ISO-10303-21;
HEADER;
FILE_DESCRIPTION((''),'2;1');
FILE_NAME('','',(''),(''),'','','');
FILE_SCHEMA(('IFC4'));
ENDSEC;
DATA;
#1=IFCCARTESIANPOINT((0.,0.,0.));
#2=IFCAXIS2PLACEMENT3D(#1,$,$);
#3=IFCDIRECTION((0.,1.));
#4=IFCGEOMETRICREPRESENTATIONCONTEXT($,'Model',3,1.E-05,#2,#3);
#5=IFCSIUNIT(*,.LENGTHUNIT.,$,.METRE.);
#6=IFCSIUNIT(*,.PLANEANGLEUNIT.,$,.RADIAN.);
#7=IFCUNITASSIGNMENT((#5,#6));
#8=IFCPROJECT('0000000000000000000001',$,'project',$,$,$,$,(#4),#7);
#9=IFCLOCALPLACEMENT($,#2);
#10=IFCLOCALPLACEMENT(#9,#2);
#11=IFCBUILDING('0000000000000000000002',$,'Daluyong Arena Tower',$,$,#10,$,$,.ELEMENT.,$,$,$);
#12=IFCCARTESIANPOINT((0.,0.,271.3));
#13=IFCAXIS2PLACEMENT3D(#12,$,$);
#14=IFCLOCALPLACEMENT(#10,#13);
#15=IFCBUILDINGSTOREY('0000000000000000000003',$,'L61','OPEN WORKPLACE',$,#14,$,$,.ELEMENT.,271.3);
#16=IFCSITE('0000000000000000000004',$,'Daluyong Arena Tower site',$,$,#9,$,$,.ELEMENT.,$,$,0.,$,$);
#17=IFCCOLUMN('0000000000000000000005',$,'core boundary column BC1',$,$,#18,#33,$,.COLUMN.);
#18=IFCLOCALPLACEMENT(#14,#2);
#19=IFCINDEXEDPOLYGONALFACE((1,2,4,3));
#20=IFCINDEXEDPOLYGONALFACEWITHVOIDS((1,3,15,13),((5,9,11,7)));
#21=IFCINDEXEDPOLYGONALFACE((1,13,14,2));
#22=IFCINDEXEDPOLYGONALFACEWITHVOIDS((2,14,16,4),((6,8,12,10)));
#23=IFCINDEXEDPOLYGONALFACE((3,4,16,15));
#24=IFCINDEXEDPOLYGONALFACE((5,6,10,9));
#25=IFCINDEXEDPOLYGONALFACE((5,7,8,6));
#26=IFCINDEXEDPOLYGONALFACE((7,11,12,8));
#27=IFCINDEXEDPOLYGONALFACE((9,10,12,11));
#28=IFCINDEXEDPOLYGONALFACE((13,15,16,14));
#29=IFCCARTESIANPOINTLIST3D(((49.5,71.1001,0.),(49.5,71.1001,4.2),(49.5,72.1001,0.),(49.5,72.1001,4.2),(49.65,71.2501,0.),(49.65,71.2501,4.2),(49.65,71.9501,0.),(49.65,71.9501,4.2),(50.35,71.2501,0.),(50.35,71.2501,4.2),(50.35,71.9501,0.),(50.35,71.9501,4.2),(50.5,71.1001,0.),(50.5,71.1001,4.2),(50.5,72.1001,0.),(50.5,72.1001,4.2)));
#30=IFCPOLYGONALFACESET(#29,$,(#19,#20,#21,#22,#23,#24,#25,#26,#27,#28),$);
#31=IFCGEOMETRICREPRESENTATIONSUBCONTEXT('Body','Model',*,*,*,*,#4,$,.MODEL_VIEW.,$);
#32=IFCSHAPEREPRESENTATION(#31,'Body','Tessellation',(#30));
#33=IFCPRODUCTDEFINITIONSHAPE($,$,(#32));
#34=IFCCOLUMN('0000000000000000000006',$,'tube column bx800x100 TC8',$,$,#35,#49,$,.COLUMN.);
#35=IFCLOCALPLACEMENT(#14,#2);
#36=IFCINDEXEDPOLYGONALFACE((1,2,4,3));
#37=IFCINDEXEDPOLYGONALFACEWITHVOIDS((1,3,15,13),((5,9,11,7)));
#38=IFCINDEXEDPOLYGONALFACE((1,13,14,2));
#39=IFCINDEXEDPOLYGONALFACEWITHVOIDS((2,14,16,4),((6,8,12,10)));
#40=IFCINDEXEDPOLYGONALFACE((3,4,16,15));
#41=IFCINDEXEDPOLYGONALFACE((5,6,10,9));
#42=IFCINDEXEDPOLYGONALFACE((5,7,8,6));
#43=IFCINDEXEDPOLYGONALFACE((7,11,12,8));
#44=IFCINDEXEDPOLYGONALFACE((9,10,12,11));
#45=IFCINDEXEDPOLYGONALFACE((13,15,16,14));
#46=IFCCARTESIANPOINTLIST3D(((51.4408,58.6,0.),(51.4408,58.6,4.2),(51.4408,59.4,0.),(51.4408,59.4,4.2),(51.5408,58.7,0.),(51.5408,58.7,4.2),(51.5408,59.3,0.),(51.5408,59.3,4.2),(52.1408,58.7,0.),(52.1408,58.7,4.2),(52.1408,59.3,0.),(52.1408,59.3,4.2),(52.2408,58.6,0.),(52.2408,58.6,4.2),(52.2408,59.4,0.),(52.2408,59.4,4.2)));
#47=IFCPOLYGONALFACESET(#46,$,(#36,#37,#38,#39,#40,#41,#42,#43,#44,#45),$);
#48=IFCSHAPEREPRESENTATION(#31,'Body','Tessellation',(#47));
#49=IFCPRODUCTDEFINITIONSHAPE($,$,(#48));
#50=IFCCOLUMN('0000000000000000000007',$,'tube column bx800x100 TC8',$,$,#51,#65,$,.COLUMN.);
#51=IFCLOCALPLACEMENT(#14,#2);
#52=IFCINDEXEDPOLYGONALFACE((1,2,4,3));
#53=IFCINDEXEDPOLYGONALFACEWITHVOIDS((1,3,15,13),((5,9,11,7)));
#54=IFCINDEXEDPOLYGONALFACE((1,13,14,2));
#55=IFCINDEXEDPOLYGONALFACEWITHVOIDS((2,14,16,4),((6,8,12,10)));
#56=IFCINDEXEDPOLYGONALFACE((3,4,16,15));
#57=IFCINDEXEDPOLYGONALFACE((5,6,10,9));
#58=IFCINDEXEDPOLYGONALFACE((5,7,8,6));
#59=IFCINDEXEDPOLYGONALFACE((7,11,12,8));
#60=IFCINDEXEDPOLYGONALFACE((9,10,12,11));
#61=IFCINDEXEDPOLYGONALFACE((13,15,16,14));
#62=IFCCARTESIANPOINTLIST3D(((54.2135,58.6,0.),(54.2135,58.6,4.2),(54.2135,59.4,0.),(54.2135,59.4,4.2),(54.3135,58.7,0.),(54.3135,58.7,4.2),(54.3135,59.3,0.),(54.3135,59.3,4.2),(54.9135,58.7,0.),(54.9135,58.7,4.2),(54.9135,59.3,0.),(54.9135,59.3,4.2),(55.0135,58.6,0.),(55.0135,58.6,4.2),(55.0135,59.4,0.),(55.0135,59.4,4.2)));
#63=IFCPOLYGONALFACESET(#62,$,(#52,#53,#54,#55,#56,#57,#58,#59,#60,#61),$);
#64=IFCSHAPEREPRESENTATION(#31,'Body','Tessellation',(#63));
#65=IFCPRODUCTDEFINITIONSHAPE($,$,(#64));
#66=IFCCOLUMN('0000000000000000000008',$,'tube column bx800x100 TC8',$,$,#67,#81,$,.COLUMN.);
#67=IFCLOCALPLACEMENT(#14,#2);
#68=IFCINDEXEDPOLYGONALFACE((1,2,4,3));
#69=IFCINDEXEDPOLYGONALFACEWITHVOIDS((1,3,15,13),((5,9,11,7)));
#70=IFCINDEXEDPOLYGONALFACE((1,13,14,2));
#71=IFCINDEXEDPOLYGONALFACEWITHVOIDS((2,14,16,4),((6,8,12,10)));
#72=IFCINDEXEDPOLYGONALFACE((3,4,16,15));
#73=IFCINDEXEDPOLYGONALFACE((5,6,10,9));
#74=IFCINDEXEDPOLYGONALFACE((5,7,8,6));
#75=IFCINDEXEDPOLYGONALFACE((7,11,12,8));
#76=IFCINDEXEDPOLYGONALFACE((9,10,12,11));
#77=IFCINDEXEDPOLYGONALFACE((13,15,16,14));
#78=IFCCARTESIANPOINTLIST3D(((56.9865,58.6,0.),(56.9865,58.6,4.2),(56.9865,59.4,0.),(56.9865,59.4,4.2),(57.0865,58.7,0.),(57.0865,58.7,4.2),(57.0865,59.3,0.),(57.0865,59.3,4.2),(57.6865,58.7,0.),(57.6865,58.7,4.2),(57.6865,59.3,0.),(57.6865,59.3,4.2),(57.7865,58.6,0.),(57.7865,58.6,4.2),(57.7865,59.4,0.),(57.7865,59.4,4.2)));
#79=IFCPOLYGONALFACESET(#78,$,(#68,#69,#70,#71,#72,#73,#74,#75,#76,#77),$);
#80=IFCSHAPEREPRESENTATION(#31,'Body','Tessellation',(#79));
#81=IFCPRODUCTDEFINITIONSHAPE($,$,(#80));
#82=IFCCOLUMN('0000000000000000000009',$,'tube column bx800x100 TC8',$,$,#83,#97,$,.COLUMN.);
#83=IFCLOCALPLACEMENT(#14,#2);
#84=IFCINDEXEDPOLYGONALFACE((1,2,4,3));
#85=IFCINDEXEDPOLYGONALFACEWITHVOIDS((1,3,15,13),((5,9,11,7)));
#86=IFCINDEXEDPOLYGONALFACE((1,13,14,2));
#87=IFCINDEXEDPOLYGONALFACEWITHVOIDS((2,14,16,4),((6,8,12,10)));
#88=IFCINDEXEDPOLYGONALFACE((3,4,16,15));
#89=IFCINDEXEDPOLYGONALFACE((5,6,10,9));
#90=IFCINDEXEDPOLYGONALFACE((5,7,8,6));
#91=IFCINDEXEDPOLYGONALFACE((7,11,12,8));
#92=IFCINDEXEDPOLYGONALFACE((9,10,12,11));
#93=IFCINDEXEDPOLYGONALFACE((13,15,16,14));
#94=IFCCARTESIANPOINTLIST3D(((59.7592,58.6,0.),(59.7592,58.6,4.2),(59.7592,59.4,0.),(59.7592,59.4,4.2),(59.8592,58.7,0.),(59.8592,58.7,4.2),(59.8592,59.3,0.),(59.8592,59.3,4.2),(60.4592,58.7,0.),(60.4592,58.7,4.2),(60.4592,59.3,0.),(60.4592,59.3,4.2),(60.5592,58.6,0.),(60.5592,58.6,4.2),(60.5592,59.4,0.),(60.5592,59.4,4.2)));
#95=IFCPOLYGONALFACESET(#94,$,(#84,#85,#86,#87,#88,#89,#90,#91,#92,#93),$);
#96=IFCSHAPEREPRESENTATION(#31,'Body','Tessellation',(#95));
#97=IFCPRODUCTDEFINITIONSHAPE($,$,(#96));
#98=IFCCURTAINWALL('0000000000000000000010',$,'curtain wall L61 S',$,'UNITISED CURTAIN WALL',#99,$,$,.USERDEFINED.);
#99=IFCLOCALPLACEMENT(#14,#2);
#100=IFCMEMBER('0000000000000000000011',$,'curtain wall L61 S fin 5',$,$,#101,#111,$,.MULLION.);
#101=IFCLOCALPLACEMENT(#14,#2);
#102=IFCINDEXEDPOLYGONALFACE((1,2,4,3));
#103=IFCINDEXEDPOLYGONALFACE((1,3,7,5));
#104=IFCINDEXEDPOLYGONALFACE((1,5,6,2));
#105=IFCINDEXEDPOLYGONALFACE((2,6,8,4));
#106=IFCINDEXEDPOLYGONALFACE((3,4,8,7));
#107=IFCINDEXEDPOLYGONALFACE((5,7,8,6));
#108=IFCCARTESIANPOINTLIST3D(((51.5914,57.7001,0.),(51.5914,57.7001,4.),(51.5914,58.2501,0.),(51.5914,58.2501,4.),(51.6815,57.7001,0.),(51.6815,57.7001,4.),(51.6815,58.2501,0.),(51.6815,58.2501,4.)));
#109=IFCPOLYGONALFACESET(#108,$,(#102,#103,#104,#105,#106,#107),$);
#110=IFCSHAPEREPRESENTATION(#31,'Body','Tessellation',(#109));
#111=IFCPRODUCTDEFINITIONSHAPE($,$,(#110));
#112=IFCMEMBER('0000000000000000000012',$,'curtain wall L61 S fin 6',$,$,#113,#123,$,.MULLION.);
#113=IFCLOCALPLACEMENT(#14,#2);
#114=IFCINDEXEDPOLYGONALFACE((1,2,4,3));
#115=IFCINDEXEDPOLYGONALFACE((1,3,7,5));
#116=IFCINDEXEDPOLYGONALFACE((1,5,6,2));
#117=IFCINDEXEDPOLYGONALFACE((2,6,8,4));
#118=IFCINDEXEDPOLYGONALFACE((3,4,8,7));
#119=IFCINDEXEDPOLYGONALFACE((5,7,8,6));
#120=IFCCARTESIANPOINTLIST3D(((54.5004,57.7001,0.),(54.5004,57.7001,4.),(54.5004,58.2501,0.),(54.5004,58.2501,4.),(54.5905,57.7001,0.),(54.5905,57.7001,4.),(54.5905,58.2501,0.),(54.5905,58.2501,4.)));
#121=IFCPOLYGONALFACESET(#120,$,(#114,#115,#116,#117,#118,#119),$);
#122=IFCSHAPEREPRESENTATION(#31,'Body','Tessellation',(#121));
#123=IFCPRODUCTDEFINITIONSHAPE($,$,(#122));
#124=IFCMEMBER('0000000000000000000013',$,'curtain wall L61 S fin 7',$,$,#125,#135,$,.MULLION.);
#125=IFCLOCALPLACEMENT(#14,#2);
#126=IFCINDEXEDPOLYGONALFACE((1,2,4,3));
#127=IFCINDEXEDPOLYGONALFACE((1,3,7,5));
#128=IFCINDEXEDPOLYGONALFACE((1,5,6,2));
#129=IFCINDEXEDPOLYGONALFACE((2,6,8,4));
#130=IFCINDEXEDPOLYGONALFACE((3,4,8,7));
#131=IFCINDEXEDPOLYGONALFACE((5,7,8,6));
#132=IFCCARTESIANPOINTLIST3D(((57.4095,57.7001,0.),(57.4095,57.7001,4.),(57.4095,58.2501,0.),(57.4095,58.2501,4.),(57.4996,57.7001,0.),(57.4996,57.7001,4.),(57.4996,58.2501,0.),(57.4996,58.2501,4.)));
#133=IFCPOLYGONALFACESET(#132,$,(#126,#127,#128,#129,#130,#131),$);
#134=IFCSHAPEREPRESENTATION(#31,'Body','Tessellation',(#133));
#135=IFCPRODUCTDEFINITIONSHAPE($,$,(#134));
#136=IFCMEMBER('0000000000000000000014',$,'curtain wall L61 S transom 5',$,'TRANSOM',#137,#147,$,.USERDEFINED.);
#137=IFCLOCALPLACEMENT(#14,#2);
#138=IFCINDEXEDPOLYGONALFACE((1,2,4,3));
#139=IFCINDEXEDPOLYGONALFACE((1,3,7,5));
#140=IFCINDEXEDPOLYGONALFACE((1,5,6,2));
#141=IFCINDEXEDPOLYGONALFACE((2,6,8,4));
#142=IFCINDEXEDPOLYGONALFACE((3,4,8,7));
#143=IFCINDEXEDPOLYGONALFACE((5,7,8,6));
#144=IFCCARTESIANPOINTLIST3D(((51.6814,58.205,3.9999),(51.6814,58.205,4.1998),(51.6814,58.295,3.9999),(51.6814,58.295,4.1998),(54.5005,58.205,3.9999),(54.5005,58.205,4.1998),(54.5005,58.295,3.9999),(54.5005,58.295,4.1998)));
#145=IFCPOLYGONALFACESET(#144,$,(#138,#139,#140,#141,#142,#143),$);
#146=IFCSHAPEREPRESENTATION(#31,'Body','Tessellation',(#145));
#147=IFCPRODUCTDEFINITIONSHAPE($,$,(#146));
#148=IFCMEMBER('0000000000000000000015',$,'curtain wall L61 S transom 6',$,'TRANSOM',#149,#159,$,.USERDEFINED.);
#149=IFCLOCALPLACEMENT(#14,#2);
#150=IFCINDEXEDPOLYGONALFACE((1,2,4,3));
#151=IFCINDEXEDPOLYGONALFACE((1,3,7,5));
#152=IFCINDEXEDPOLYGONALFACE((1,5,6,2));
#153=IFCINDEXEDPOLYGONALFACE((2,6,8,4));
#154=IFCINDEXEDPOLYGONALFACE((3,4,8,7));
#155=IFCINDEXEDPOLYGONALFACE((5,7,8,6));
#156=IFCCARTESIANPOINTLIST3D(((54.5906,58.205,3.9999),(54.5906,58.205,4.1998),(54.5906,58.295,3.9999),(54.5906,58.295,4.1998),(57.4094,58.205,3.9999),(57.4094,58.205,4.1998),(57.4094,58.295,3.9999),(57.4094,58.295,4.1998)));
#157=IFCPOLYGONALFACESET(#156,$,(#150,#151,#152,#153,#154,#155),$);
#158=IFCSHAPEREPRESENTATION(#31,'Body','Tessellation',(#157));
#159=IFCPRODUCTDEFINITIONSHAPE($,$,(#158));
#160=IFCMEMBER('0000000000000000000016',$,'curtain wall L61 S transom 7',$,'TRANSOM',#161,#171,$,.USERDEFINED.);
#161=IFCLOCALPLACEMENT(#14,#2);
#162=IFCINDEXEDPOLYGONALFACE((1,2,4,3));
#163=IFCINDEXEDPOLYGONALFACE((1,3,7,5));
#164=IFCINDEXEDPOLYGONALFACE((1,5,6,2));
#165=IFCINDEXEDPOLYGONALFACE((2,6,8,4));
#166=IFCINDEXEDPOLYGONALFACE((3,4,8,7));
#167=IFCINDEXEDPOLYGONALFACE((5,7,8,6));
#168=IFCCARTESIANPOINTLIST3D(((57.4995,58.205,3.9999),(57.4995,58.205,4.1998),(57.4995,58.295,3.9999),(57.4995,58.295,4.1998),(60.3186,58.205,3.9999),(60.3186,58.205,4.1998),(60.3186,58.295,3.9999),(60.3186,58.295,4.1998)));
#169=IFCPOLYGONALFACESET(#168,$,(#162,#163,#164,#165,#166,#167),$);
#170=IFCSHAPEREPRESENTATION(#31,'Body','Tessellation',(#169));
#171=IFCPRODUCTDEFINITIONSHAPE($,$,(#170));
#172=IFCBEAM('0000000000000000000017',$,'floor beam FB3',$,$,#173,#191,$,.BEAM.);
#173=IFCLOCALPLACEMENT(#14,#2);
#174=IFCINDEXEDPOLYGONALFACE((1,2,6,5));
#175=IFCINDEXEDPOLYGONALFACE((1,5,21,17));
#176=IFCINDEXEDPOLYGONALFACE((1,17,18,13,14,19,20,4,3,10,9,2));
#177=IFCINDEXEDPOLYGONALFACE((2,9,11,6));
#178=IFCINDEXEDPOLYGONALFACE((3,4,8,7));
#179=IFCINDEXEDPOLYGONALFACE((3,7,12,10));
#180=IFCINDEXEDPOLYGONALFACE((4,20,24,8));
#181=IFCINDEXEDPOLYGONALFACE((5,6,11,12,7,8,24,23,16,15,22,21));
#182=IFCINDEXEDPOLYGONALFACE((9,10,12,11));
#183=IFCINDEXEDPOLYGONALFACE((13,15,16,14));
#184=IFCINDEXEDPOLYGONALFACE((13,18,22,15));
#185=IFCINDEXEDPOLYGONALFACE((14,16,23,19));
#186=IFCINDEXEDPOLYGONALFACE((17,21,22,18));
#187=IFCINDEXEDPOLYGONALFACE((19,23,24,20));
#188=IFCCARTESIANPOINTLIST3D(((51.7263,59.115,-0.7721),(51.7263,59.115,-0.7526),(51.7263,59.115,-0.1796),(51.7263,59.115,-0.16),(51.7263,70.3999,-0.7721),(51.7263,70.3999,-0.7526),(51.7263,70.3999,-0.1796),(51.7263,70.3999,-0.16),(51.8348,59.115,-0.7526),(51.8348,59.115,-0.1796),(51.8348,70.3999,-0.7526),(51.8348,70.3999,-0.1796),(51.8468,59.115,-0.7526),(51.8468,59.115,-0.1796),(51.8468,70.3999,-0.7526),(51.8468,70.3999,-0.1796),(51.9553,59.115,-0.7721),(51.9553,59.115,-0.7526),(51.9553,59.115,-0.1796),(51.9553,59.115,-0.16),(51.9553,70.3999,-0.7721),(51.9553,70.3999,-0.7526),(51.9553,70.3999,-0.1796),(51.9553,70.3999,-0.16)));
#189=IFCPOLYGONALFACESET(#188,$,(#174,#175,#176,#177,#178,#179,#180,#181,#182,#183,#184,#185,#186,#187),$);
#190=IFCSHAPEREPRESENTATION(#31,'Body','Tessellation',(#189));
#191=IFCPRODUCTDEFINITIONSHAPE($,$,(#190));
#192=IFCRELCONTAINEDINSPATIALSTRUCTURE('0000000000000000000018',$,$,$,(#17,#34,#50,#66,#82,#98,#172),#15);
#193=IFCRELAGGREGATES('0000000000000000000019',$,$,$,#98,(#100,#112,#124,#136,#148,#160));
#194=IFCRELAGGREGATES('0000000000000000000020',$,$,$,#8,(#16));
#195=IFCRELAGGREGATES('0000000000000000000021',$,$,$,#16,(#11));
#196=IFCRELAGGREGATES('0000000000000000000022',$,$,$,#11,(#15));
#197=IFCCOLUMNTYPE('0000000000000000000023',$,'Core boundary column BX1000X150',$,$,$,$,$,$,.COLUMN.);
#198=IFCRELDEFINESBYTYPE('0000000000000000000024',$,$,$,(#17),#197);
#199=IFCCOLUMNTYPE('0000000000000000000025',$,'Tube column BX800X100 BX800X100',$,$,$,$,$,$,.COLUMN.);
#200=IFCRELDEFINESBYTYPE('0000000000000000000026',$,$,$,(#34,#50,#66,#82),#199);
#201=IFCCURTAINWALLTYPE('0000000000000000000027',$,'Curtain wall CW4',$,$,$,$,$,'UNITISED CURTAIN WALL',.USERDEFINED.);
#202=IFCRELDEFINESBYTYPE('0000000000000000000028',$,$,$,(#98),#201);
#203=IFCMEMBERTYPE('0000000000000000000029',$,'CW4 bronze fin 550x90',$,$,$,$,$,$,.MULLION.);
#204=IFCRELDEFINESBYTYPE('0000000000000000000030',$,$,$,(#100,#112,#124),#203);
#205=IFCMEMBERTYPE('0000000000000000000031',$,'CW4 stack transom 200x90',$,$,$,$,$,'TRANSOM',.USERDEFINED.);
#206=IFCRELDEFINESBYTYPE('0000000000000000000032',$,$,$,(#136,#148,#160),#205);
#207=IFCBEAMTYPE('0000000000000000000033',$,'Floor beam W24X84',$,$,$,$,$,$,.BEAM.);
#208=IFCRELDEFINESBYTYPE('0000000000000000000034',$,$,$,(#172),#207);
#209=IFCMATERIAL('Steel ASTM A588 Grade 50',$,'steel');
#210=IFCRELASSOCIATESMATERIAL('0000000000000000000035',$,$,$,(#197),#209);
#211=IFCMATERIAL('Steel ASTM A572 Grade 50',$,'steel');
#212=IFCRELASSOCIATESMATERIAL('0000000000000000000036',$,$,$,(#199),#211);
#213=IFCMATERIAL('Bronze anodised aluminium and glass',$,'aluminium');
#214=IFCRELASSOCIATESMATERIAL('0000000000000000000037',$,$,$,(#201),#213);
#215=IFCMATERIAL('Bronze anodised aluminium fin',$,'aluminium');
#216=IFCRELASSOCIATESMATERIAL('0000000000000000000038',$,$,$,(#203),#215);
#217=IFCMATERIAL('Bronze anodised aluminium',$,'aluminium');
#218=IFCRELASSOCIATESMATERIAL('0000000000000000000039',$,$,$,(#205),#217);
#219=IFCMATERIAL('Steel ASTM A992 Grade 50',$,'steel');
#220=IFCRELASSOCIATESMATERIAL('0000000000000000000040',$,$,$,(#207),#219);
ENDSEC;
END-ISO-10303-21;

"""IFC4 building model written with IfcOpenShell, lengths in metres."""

from ifc_helpers import new_model, si_unit, direction, frame, origin, origin_2d, place, context, subcontext, project, spatial, rectangle, hollow_rectangle, i_section, extrude, material, material_profile, profile_set, type_object, element, aggregate, save


model = new_model("IFC4")

# Units and contexts
model_context = context("Model", 3, precision=1e-05, world=origin(), true_north=direction((0.0, 1.0)))
body_context = subcontext(model_context, "Body", "Model", "MODEL_VIEW")
ifc_project = project(units=[si_unit("LENGTHUNIT", "METRE"), si_unit("PLANEANGLEUNIT", "RADIAN")], contexts=[model_context])

# Site, building, storey
site_placement = place(None, origin())
site = spatial("IfcSite", under=ifc_project, at=site_placement, Name="Daluyong Arena Tower site", CompositionType="ELEMENT", RefElevation=0.0)
building_placement = place(site_placement, origin())
building = spatial("IfcBuilding", under=site, at=building_placement, Name="Daluyong Arena Tower", CompositionType="ELEMENT")
storey_placement = place(building_placement, frame((0.0, 0.0, 271.3)))
storey = spatial("IfcBuildingStorey", under=building, at=storey_placement, Name="L61", Description="OPEN WORKPLACE", CompositionType="ELEMENT", Elevation=271.3)

# Columns
ifc_material_1 = material(Name="Steel ASTM A588 Grade 50", Category="steel")
ifc_material_profile_1 = material_profile(ifc_material_1, hollow_rectangle(XDim=1.0, YDim=1.0, WallThickness=0.15, at=origin_2d()))
ifc_profile_set_1 = profile_set([ifc_material_profile_1], Name="Steel ASTM A588 Grade 50")
column_type_1 = type_object("IfcColumnType", Name="Core boundary column BX1000X150", PredefinedType="COLUMN", material=ifc_profile_set_1)
column_placement = place(storey_placement, frame((50.0, 71.6001, 0.0), z_axis=(0.0, 0.0, 1.0), x_axis=(1.0, 0.0, 0.0)))
element("IfcColumn", 1, at=column_placement, inside=storey, type_object=column_type_1, Name="core boundary column BC1", PredefinedType="COLUMN", context=body_context, shape_type="SweptSolid", body=[
    extrude(hollow_rectangle(XDim=1.0, YDim=1.0, WallThickness=0.15, at=origin_2d()), origin(), (0.0, 0.0, 1.0), 4.2),
])
ifc_material_2 = material(Name="Steel ASTM A572 Grade 50", Category="steel")
ifc_material_profile_2 = material_profile(ifc_material_2, hollow_rectangle(XDim=0.8, YDim=0.8, WallThickness=0.1, at=origin_2d()))
ifc_profile_set_2 = profile_set([ifc_material_profile_2], Name="Steel ASTM A572 Grade 50")
column_type_2 = type_object("IfcColumnType", Name="Tube column BX800X100 BX800X100", PredefinedType="COLUMN", material=ifc_profile_set_2)
for number, where, z_axis, x_axis, name in (
    (2, (51.8408, 59.0, 0.0), (0.0, 0.0, 1.0), (1.0, 0.0, 0.0), "tube column bx800x100 TC8"),
    (3, (54.6135, 59.0, 0.0), (0.0, 0.0, 1.0), (1.0, 0.0, 0.0), "tube column bx800x100 TC8"),
    (4, (57.3865, 59.0, 0.0), (0.0, 0.0, 1.0), (1.0, 0.0, 0.0), "tube column bx800x100 TC8"),
    (5, (60.1592, 59.0, 0.0), (0.0, 0.0, 1.0), (1.0, 0.0, 0.0), "tube column bx800x100 TC8"),
):
    element("IfcColumn", number, at=place(storey_placement, frame(where, z_axis=z_axis, x_axis=x_axis)), inside=storey, type_object=column_type_2, Name=name, PredefinedType="COLUMN", context=body_context, shape_type="SweptSolid", body=[
        extrude(hollow_rectangle(XDim=0.8, YDim=0.8, WallThickness=0.1, at=origin_2d()), origin(), (0.0, 0.0, 1.0), 4.2),
    ])

# Curtain wall, members
ifc_material_3 = material(Name="Bronze anodised aluminium and glass", Category="aluminium")
curtain_wall_type = type_object("IfcCurtainWallType", Name="Curtain wall CW4", ElementType="UNITISED CURTAIN WALL", PredefinedType="USERDEFINED", material=ifc_material_3)
curtain_wall_placement = place(storey_placement, origin())
curtain_wall = element("IfcCurtainWall", 6, at=curtain_wall_placement, inside=storey, type_object=curtain_wall_type, Name="curtain wall L61 S", ObjectType="UNITISED CURTAIN WALL", PredefinedType="USERDEFINED")
ifc_material_4 = material(Name="Bronze anodised aluminium fin", Category="aluminium")
ifc_material_profile_3 = material_profile(ifc_material_4, rectangle(XDim=0.55, YDim=0.0901, at=origin_2d()))
ifc_profile_set_3 = profile_set([ifc_material_profile_3], Name="Bronze anodised aluminium fin")
member_type_1 = type_object("IfcMemberType", Name="CW4 bronze fin 550x90", PredefinedType="MULLION", material=ifc_profile_set_3)
member_1_placement = place(storey_placement, frame((51.6365, 57.9751, 0.0), z_axis=(0.0, 0.0, 1.0), x_axis=(0.0, 1.0, 0.0)))
member_1 = element("IfcMember", 7, at=member_1_placement, type_object=member_type_1, Name="curtain wall L61 S fin 5", PredefinedType="MULLION", context=body_context, shape_type="SweptSolid", body=[
    extrude(rectangle(XDim=0.55, YDim=0.0901, at=origin_2d()), origin(), (0.0, 0.0, 1.0), 4.0),
])
member_2_placement = place(storey_placement, frame((54.5454, 57.9751, 0.0), z_axis=(0.0, 0.0, 1.0), x_axis=(0.0, 1.0, 0.0)))
member_2 = element("IfcMember", 8, at=member_2_placement, type_object=member_type_1, Name="curtain wall L61 S fin 6", PredefinedType="MULLION", context=body_context, shape_type="SweptSolid", body=[
    extrude(rectangle(XDim=0.55, YDim=0.0901, at=origin_2d()), origin(), (0.0, 0.0, 1.0), 4.0),
])
member_3_placement = place(storey_placement, frame((57.4546, 57.9751, 0.0), z_axis=(0.0, 0.0, 1.0), x_axis=(0.0, 1.0, 0.0)))
member_3 = element("IfcMember", 9, at=member_3_placement, type_object=member_type_1, Name="curtain wall L61 S fin 7", PredefinedType="MULLION", context=body_context, shape_type="SweptSolid", body=[
    extrude(rectangle(XDim=0.55, YDim=0.0901, at=origin_2d()), origin(), (0.0, 0.0, 1.0), 4.0),
])
ifc_material_5 = material(Name="Bronze anodised aluminium", Category="aluminium")
ifc_material_profile_4 = material_profile(ifc_material_5, rectangle(XDim=0.0901, YDim=0.2, at=origin_2d()))
ifc_profile_set_4 = profile_set([ifc_material_profile_4], Name="Bronze anodised aluminium")
member_type_2 = type_object("IfcMemberType", Name="CW4 stack transom 200x90", ElementType="TRANSOM", PredefinedType="USERDEFINED", material=ifc_profile_set_4)
member_4_placement = place(storey_placement, frame((51.6814, 58.25, 4.0999), z_axis=(1.0, 0.0, 0.0), x_axis=(0.0, 1.0, 0.0)))
member_4 = element("IfcMember", 10, at=member_4_placement, type_object=member_type_2, Name="curtain wall L61 S transom 5", ObjectType="TRANSOM", PredefinedType="USERDEFINED", context=body_context, shape_type="SweptSolid", body=[
    extrude(rectangle(XDim=0.0901, YDim=0.2, at=origin_2d()), origin(), (0.0, 0.0, 1.0), 2.8191),
])
member_5_placement = place(storey_placement, frame((54.5906, 58.25, 4.0999), z_axis=(1.0, 0.0, 0.0), x_axis=(0.0, 1.0, 0.0)))
member_5 = element("IfcMember", 11, at=member_5_placement, type_object=member_type_2, Name="curtain wall L61 S transom 6", ObjectType="TRANSOM", PredefinedType="USERDEFINED", context=body_context, shape_type="SweptSolid", body=[
    extrude(rectangle(XDim=0.0901, YDim=0.2, at=origin_2d()), origin(), (0.0, 0.0, 1.0), 2.8188),
])
member_6_placement = place(storey_placement, frame((57.4995, 58.25, 4.0999), z_axis=(1.0, 0.0, 0.0), x_axis=(0.0, 1.0, 0.0)))
member_6 = element("IfcMember", 12, at=member_6_placement, type_object=member_type_2, Name="curtain wall L61 S transom 7", ObjectType="TRANSOM", PredefinedType="USERDEFINED", context=body_context, shape_type="SweptSolid", body=[
    extrude(rectangle(XDim=0.0901, YDim=0.2, at=origin_2d()), origin(), (0.0, 0.0, 1.0), 2.8191),
])

# Beam
ifc_material_6 = material(Name="Steel ASTM A992 Grade 50", Category="steel")
ifc_material_profile_5 = material_profile(ifc_material_6, i_section(OverallWidth=0.229, OverallDepth=0.6121, WebThickness=0.012, FlangeThickness=0.0195, at=origin_2d()))
ifc_profile_set_5 = profile_set([ifc_material_profile_5], Name="Steel ASTM A992 Grade 50")
beam_type_1 = type_object("IfcBeamType", Name="Floor beam W24X84", PredefinedType="BEAM", material=ifc_profile_set_5)
for number, where, z_axis, x_axis, name in (
    (13, (51.8408, 59.115, -0.4661), (0.0, 1.0, 0.0), (-1.0, 0.0, 0.0), "floor beam FB3"),
):
    element("IfcBeam", number, at=place(storey_placement, frame(where, z_axis=z_axis, x_axis=x_axis)), inside=storey, type_object=beam_type_1, Name=name, PredefinedType="BEAM", context=body_context, shape_type="SweptSolid", body=[
        extrude(i_section(OverallWidth=0.229, OverallDepth=0.6121, WebThickness=0.012, FlangeThickness=0.0195, at=origin_2d()), origin(), (0.0, 0.0, 1.0), 11.2849),
    ])

aggregate(curtain_wall, [member_1, member_2, member_3, member_4, member_5, member_6])

save(model, "model.ifc")
